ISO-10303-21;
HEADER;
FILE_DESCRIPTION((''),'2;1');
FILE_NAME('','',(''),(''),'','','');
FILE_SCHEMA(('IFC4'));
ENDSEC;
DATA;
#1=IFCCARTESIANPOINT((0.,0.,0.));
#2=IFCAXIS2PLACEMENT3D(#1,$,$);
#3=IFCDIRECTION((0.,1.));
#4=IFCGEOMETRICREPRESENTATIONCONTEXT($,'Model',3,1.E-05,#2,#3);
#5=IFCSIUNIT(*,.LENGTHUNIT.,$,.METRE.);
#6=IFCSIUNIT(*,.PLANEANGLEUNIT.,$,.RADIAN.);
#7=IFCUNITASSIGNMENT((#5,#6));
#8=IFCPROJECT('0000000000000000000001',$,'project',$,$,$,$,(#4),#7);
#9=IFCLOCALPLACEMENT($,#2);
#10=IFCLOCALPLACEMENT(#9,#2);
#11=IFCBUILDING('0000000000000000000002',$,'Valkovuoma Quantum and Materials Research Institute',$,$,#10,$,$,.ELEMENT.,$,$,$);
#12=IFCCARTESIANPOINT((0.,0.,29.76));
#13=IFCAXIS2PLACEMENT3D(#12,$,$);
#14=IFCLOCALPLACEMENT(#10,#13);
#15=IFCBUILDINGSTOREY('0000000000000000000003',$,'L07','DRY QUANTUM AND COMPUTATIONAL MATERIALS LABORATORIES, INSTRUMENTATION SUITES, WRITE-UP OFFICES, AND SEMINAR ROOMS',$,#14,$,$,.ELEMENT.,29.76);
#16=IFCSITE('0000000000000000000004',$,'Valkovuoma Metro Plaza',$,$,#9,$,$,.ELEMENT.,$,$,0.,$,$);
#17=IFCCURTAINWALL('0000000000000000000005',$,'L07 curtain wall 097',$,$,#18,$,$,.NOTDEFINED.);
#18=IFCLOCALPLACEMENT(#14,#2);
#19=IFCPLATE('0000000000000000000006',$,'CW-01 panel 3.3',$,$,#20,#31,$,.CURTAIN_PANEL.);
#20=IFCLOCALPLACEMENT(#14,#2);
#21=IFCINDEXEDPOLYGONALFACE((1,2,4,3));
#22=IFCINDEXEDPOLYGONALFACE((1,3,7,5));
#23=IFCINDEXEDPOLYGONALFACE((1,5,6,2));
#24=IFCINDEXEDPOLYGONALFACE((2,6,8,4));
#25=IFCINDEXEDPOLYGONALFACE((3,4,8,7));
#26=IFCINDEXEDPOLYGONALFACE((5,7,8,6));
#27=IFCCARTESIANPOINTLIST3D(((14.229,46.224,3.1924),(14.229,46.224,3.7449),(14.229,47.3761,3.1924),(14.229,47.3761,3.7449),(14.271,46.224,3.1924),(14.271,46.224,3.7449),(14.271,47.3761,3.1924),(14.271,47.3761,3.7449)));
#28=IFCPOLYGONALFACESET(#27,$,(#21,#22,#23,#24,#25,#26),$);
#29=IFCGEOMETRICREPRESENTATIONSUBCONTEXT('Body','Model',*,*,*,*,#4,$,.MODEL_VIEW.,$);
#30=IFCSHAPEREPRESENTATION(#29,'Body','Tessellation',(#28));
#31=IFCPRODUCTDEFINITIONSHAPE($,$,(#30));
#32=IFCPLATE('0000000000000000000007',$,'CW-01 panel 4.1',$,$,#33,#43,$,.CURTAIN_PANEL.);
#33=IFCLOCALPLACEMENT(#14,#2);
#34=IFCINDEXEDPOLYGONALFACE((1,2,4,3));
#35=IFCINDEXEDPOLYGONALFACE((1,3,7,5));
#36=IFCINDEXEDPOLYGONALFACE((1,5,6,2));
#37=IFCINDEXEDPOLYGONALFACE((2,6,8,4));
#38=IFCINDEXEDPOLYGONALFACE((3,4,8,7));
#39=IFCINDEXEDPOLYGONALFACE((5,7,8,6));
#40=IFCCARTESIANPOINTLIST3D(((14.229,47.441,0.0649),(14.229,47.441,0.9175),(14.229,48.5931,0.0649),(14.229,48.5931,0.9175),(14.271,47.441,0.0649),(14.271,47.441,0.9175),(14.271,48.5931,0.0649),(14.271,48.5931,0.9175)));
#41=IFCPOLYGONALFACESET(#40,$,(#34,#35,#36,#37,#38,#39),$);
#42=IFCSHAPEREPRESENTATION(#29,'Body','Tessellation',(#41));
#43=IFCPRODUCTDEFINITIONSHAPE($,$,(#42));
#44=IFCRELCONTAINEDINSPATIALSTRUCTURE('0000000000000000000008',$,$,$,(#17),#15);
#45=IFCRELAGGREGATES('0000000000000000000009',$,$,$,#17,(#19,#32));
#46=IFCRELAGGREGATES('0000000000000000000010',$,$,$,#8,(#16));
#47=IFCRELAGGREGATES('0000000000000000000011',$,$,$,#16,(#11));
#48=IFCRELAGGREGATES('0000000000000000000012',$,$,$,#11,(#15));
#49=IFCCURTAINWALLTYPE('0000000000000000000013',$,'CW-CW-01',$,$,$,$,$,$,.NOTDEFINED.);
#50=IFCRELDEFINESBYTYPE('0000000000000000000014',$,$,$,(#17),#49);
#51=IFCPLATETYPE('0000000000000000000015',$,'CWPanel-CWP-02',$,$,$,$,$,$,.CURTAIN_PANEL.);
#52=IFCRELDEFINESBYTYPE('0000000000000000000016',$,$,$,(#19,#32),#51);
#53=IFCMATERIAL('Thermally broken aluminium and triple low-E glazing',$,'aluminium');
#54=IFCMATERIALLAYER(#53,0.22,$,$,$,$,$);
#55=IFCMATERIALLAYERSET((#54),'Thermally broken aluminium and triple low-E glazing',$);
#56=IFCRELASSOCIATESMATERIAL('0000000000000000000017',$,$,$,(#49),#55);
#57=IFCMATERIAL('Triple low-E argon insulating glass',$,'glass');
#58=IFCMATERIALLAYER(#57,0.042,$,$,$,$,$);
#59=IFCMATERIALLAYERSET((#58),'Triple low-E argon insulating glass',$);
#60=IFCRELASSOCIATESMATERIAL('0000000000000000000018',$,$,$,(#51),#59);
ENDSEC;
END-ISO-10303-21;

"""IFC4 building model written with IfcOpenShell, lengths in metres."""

from ifc_helpers import new_model, si_unit, direction, frame, origin, origin_2d, place, context, subcontext, project, spatial, rectangle, extrude, material, layer, layer_set, type_object, element, aggregate, save


model = new_model("IFC4")

# Units and contexts
model_context = context("Model", 3, precision=1e-05, world=origin(), true_north=direction((0.0, 1.0)))
body_context = subcontext(model_context, "Body", "Model", "MODEL_VIEW")
ifc_project = project(units=[si_unit("LENGTHUNIT", "METRE"), si_unit("PLANEANGLEUNIT", "RADIAN")], contexts=[model_context])

# Site, building, storey
site_placement = place(None, origin())
site = spatial("IfcSite", under=ifc_project, at=site_placement, Name="Valkovuoma Metro Plaza", CompositionType="ELEMENT", RefElevation=0.0)
building_placement = place(site_placement, origin())
building = spatial("IfcBuilding", under=site, at=building_placement, Name="Valkovuoma Quantum and Materials Research Institute", CompositionType="ELEMENT")
storey_placement = place(building_placement, frame((0.0, 0.0, 29.76)))
storey = spatial("IfcBuildingStorey", under=building, at=storey_placement, Name="L07", Description="DRY QUANTUM AND COMPUTATIONAL MATERIALS LABORATORIES, INSTRUMENTATION SUITES, WRITE-UP OFFICES, AND SEMINAR ROOMS", CompositionType="ELEMENT", Elevation=29.76)

# Shared definitions
ifc_material_1 = material(Name="Thermally broken aluminium and triple low-E glazing", Category="aluminium")
ifc_layer_1 = layer(ifc_material_1, 0.22)
ifc_layer_set_1 = layer_set([ifc_layer_1], Name="Thermally broken aluminium and triple low-E glazing")
curtain_wall_type = type_object("IfcCurtainWallType", Name="CW-CW-01", PredefinedType="NOTDEFINED", material=ifc_layer_set_1)

# Curtain wall
curtain_wall_1_placement = place(storey_placement, origin())
curtain_wall_1 = element("IfcCurtainWall", 1, at=curtain_wall_1_placement, inside=storey, type_object=curtain_wall_type, Name="L07 curtain wall 097", PredefinedType="NOTDEFINED")

# Plates
ifc_material_2 = material(Name="Triple low-E argon insulating glass", Category="glass")
ifc_layer_2 = layer(ifc_material_2, 0.042)
ifc_layer_set_2 = layer_set([ifc_layer_2], Name="Triple low-E argon insulating glass")
plate_type = type_object("IfcPlateType", Name="CWPanel-CWP-02", PredefinedType="CURTAIN_PANEL", material=ifc_layer_set_2)
plate_1_placement = place(storey_placement, frame((14.25, 46.8, 3.1924), z_axis=(0.0, 0.0, 1.0), x_axis=(0.0, 1.0, 0.0)))
plate_1 = element("IfcPlate", 2, at=plate_1_placement, type_object=plate_type, Name="CW-01 panel 3.3", PredefinedType="CURTAIN_PANEL", context=body_context, shape_type="SweptSolid", body=[
    extrude(rectangle(XDim=1.1521, YDim=0.042, at=origin_2d()), origin(), (0.0, 0.0, 1.0), 0.5525),
])
plate_2_placement = place(storey_placement, frame((14.25, 48.0171, 0.0649), z_axis=(0.0, 0.0, 1.0), x_axis=(0.0, 1.0, 0.0)))
plate_2 = element("IfcPlate", 3, at=plate_2_placement, type_object=plate_type, Name="CW-01 panel 4.1", PredefinedType="CURTAIN_PANEL", context=body_context, shape_type="SweptSolid", body=[
    extrude(rectangle(XDim=1.1521, YDim=0.042, at=origin_2d()), origin(), (0.0, 0.0, 1.0), 0.8525),
])
aggregate(curtain_wall_1, [plate_1, plate_2])

save(model, "model.ifc")
